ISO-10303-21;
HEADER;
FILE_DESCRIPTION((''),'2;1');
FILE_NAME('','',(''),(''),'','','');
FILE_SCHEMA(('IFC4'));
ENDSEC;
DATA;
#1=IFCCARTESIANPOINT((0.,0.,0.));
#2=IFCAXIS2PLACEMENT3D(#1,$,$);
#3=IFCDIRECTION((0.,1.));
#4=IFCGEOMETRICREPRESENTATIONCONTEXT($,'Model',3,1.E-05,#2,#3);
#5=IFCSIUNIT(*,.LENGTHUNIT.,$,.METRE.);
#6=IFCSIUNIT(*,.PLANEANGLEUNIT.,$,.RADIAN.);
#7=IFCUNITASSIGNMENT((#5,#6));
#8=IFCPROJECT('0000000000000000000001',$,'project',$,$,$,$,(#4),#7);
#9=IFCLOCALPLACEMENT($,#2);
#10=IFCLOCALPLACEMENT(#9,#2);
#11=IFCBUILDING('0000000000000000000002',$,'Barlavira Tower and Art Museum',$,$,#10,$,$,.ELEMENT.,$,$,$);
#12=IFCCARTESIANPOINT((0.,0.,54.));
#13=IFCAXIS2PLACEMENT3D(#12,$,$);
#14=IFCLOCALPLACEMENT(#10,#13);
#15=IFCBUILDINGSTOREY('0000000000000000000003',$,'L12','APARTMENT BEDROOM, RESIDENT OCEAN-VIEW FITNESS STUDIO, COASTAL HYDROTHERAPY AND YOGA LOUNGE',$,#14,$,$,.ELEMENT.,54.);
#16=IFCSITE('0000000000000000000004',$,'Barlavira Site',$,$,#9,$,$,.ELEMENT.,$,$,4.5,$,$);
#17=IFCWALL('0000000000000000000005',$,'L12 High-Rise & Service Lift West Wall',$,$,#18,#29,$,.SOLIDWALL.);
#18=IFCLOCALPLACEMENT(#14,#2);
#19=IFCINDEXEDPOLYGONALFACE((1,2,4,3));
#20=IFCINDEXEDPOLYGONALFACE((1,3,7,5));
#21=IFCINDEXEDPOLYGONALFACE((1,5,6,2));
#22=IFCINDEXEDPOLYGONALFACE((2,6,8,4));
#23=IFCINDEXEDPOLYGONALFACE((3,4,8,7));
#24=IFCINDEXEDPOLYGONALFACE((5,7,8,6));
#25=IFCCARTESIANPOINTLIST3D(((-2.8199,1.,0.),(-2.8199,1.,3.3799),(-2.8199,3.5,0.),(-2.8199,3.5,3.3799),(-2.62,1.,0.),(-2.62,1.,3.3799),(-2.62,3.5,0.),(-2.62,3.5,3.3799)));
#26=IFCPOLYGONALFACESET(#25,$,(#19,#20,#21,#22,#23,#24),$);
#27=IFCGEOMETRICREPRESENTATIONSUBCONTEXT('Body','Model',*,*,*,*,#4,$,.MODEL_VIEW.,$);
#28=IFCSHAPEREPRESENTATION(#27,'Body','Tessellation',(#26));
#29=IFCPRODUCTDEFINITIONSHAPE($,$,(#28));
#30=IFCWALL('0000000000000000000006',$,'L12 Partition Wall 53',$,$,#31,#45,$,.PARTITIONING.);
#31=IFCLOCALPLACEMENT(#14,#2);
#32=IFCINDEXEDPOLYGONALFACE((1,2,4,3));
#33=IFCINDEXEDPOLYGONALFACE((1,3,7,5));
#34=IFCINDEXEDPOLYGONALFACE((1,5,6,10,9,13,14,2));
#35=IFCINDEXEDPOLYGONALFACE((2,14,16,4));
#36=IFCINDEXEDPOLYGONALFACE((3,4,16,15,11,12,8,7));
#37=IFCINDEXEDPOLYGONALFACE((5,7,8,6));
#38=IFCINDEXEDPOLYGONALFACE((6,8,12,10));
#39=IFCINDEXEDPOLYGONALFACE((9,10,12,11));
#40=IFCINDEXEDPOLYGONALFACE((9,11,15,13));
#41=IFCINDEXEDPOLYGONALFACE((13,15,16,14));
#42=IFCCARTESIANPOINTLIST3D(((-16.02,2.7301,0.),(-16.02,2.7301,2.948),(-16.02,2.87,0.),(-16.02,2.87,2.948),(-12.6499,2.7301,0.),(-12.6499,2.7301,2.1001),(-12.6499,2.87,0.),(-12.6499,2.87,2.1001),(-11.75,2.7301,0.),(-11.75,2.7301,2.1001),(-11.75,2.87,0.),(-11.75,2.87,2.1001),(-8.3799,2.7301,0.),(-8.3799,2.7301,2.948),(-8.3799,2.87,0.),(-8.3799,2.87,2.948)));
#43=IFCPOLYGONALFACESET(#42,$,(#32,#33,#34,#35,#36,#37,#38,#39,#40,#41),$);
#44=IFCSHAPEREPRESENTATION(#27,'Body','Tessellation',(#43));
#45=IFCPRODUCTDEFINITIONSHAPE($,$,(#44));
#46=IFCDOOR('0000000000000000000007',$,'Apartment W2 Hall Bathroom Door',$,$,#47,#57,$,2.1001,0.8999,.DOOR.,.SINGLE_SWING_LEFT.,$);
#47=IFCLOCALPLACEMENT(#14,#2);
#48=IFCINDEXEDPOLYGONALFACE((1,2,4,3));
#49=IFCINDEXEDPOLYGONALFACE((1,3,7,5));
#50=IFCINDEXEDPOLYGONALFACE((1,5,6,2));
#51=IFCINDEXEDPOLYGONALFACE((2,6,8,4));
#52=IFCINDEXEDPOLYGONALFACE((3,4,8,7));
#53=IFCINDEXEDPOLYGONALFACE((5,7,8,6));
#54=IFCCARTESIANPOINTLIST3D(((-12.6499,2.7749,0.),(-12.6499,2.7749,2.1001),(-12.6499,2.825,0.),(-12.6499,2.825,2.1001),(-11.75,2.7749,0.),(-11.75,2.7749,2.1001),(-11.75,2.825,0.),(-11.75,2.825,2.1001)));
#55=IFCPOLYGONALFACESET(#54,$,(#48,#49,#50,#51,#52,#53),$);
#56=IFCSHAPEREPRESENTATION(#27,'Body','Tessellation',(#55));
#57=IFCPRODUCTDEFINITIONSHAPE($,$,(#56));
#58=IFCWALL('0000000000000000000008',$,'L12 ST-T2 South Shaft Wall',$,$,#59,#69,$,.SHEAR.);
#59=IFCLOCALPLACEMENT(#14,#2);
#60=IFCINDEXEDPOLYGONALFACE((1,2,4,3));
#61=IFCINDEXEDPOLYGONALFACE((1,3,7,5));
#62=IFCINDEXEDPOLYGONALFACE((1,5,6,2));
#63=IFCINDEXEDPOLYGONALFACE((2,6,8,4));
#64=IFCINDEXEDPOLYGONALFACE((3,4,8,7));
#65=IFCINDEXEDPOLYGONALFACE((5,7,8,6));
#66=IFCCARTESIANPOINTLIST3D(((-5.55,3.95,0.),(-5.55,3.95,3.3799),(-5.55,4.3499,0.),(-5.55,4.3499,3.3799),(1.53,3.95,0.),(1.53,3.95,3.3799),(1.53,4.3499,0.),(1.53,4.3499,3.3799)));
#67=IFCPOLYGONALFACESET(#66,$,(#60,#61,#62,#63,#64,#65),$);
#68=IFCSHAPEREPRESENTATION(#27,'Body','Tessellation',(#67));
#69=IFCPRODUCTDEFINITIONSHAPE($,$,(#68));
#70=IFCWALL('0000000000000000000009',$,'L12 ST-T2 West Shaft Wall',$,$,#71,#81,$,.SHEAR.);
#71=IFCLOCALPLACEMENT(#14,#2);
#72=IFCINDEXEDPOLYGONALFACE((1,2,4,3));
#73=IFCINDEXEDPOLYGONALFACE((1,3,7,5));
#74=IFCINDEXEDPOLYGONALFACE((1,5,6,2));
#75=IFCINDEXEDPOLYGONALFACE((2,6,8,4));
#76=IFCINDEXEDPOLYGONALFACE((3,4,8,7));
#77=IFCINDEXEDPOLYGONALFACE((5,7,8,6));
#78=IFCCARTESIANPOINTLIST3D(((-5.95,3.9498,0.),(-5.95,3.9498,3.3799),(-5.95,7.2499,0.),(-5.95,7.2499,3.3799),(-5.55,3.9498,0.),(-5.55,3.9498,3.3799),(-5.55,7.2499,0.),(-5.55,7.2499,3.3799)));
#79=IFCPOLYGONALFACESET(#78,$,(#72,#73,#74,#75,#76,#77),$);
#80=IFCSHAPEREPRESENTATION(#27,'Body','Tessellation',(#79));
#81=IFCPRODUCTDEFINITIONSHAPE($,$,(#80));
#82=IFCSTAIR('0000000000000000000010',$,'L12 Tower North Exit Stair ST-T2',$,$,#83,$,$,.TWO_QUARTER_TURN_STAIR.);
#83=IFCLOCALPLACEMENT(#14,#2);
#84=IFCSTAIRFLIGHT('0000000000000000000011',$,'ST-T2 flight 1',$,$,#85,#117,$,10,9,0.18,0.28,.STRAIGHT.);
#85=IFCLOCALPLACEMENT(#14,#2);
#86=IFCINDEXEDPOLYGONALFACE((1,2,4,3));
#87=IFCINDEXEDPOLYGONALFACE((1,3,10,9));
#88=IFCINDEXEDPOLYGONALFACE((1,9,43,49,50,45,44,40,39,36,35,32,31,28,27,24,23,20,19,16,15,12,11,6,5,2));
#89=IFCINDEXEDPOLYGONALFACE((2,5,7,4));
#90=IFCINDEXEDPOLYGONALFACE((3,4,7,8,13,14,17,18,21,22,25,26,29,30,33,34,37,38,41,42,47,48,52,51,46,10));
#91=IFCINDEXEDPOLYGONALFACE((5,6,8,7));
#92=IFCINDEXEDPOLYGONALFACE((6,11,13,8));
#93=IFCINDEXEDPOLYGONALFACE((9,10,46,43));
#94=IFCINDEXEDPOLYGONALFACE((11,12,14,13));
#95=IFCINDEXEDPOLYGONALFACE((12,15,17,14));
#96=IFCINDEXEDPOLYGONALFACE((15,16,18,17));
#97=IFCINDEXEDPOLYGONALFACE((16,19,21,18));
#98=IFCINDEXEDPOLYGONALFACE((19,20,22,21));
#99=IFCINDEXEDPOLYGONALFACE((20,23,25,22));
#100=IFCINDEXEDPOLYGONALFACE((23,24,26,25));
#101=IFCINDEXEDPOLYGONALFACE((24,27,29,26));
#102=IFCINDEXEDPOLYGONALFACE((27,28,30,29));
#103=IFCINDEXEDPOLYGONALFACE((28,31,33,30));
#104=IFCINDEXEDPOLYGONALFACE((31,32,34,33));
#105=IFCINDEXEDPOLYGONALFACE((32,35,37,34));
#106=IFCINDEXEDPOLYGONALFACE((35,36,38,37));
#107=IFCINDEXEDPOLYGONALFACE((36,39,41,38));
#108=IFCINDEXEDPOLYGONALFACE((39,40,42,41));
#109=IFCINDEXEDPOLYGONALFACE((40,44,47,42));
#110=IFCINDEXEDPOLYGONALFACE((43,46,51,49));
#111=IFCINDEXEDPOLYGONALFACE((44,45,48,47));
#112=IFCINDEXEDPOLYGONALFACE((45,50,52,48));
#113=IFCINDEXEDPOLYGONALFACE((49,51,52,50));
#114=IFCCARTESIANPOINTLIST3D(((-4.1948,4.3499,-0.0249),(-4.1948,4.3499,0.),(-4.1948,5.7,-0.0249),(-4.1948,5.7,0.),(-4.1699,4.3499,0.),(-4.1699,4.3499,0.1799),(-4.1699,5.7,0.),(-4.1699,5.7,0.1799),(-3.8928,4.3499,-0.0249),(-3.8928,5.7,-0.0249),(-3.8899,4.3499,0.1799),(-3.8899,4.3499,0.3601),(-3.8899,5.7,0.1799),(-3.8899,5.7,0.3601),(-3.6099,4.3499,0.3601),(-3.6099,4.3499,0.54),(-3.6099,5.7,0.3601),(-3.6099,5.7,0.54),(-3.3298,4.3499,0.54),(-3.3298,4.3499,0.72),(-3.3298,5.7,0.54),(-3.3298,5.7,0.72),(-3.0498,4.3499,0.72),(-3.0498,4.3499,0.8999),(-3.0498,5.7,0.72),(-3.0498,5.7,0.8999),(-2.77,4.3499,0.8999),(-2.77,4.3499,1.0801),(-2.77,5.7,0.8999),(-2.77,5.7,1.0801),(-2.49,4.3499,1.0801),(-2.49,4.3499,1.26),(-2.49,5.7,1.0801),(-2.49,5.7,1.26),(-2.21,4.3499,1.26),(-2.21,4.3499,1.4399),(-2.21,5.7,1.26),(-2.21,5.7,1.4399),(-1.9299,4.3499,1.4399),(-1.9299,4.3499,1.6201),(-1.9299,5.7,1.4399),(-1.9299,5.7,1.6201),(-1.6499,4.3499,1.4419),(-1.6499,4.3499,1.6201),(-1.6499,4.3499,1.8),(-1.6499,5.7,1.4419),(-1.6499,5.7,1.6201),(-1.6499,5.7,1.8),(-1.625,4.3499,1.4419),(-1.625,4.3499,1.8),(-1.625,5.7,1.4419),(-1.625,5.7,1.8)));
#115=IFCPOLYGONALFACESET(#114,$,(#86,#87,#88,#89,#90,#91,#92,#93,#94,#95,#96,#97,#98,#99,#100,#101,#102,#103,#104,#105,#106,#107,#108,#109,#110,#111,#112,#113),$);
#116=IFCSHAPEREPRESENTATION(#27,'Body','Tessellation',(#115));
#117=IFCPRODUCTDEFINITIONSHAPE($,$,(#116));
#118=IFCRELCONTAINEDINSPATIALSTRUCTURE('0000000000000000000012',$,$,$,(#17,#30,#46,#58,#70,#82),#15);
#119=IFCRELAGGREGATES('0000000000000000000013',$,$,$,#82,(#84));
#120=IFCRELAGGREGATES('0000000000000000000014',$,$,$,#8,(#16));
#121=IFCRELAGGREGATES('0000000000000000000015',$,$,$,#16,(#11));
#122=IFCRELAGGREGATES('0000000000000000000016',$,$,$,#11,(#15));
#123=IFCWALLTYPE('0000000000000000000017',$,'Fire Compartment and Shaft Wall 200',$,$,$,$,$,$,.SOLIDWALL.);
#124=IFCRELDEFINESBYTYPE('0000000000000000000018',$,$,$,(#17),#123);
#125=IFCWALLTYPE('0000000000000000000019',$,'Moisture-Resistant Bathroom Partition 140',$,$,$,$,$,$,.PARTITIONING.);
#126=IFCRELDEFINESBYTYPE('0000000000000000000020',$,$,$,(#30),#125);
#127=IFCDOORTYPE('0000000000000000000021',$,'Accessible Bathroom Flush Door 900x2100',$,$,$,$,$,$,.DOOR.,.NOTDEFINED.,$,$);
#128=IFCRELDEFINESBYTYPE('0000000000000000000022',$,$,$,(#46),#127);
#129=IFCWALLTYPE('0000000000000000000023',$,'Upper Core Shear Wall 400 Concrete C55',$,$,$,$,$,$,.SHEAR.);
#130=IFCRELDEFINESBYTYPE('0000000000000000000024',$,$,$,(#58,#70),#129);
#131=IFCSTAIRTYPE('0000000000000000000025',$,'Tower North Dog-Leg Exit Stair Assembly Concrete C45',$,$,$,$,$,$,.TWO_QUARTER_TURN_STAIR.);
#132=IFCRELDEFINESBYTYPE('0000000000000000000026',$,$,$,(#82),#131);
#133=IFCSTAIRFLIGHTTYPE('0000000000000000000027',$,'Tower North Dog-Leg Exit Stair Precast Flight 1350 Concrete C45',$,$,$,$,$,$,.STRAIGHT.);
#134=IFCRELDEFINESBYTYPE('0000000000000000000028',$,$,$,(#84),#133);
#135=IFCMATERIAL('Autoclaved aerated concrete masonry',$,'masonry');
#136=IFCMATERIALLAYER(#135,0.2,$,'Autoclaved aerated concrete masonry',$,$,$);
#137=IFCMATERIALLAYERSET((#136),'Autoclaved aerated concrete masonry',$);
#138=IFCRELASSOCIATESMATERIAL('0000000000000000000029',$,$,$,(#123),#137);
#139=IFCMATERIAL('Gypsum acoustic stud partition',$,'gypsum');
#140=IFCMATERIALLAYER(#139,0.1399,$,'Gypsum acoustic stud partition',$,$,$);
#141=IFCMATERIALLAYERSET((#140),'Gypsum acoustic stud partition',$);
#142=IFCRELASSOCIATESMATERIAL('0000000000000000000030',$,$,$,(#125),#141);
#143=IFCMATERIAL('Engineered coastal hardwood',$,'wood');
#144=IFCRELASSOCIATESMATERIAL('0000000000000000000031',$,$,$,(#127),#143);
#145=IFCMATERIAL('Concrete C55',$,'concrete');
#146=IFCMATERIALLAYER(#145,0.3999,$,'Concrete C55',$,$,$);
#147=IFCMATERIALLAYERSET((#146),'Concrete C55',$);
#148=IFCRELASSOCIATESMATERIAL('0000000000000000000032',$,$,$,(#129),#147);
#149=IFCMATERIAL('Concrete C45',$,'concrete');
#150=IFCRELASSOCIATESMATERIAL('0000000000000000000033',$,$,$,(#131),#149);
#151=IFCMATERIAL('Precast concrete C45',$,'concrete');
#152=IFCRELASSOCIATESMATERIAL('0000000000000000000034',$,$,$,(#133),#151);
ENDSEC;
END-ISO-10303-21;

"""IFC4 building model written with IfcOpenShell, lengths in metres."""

from ifc_helpers import new_model, si_unit, direction, frame, frame_2d, origin, place, context, subcontext, project, spatial, polyline, rectangle, outline, extrude, material, layer, layer_set, type_object, element, fill, aggregate, save


model = new_model("IFC4")

# Units and contexts
model_context = context("Model", 3, precision=1e-05, world=origin(), true_north=direction((0.0, 1.0)))
body_context = subcontext(model_context, "Body", "Model", "MODEL_VIEW")
ifc_project = project(units=[si_unit("LENGTHUNIT", "METRE"), si_unit("PLANEANGLEUNIT", "RADIAN")], contexts=[model_context])

# Site, building, storey
site_placement = place(None, origin())
site = spatial("IfcSite", under=ifc_project, at=site_placement, Name="Barlavira Site", CompositionType="ELEMENT", RefElevation=4.5)
building_placement = place(site_placement, origin())
building = spatial("IfcBuilding", under=site, at=building_placement, Name="Barlavira Tower and Art Museum", CompositionType="ELEMENT")
storey_placement = place(building_placement, frame((0.0, 0.0, 54.0)))
storey = spatial("IfcBuildingStorey", under=building, at=storey_placement, Name="L12", Description="APARTMENT BEDROOM, RESIDENT OCEAN-VIEW FITNESS STUDIO, COASTAL HYDROTHERAPY AND YOGA LOUNGE", CompositionType="ELEMENT", Elevation=54.0)

# Shared definitions
ifc_material_1 = material(Name="Gypsum acoustic stud partition", Category="gypsum")
ifc_material_2 = material(Name="Engineered coastal hardwood", Category="wood")

# Shared definitions
ifc_material_3 = material(Name="Autoclaved aerated concrete masonry", Category="masonry")
ifc_layer_1 = layer(ifc_material_3, 0.2, Name="Autoclaved aerated concrete masonry")
ifc_layer_set_1 = layer_set([ifc_layer_1], Name="Autoclaved aerated concrete masonry")
wall_type_1 = type_object("IfcWallType", Name="Fire Compartment and Shaft Wall 200", PredefinedType="SOLIDWALL", material=ifc_layer_set_1)

# Wall
wall_1_placement = place(storey_placement, frame((-2.72, 1.0, 0.0), z_axis=(0.0, 0.0, 1.0), x_axis=(0.0, 1.0, 0.0)))
element("IfcWall", 1, at=wall_1_placement, inside=storey, type_object=wall_type_1, Name="L12 High-Rise & Service Lift West Wall", PredefinedType="SOLIDWALL", context=body_context, shape_type="SweptSolid", body=[
    extrude(rectangle(XDim=2.5, YDim=0.2, at=frame_2d((1.25, 0.0))), origin(), (0.0, 0.0, 1.0), 3.3799),
])

# Wall, opening, door
ifc_layer_2 = layer(ifc_material_1, 0.1399, Name="Gypsum acoustic stud partition")
ifc_layer_set_2 = layer_set([ifc_layer_2], Name="Gypsum acoustic stud partition")
wall_type_2 = type_object("IfcWallType", Name="Moisture-Resistant Bathroom Partition 140", PredefinedType="PARTITIONING", material=ifc_layer_set_2)
wall_2_placement = place(storey_placement, frame((-16.02, 2.8, 0.0), z_axis=(0.0, 0.0, 1.0), x_axis=(1.0, 0.0, 0.0)))
wall_2 = element("IfcWall", 2, at=wall_2_placement, inside=storey, type_object=wall_type_2, Name="L12 Partition Wall 53", PredefinedType="PARTITIONING", context=body_context, shape_type="SweptSolid", body=[
    extrude(rectangle(XDim=7.6401, YDim=0.1399, at=frame_2d((3.8201, 0.0))), origin(), (0.0, 0.0, 1.0), 2.948),
])
opening_1_placement = place(wall_2_placement, frame((3.3701, 0.0, 0.0)))
opening_1 = element("IfcOpeningElement", 3, at=opening_1_placement, cuts=wall_2, PredefinedType="OPENING", context=body_context, shape_type="SweptSolid", body=[
    extrude(rectangle(XDim=0.8999, YDim=2.1001, at=frame_2d((0.45, 1.05))), frame((0.0, 0.0801, 0.0), z_axis=(0.0, -1.0, 0.0), x_axis=(1.0, 0.0, 0.0)), (0.0, 0.0, 1.0), 0.1599),
])
door_type_1 = type_object("IfcDoorType", Name="Accessible Bathroom Flush Door 900x2100", OperationType="NOTDEFINED", PredefinedType="DOOR", material=ifc_material_2)
door_1_placement = place(opening_1_placement, origin())
door_1 = element("IfcDoor", 4, at=door_1_placement, inside=storey, type_object=door_type_1, Name="Apartment W2 Hall Bathroom Door", OperationType="SINGLE_SWING_LEFT", OverallHeight=2.1001, OverallWidth=0.8999, PredefinedType="DOOR", context=body_context, shape_type="SweptSolid", body=[
    extrude(rectangle(XDim=0.8999, YDim=2.1001, at=frame_2d((0.45, 1.05))), frame((0.0, 0.0249, 0.0), z_axis=(0.0, -1.0, 0.0), x_axis=(1.0, 0.0, 0.0)), (0.0, 0.0, 1.0), 0.05),
])
fill(opening_1, door_1)

# Walls
ifc_material_4 = material(Name="Concrete C55", Category="concrete")
ifc_layer_3 = layer(ifc_material_4, 0.3999, Name="Concrete C55")
ifc_layer_set_3 = layer_set([ifc_layer_3], Name="Concrete C55")
wall_type_3 = type_object("IfcWallType", Name="Upper Core Shear Wall 400 Concrete C55", PredefinedType="SHEAR", material=ifc_layer_set_3)
wall_3_placement = place(storey_placement, frame((-5.55, 4.1499, 0.0), z_axis=(0.0, 0.0, 1.0), x_axis=(1.0, 0.0, 0.0)))
element("IfcWall", 5, at=wall_3_placement, inside=storey, type_object=wall_type_3, Name="L12 ST-T2 South Shaft Wall", PredefinedType="SHEAR", context=body_context, shape_type="SweptSolid", body=[
    extrude(rectangle(XDim=7.0801, YDim=0.3999, at=frame_2d((3.54, 0.0))), origin(), (0.0, 0.0, 1.0), 3.3799),
])
wall_4_placement = place(storey_placement, frame((-5.75, 3.95, 0.0), z_axis=(0.0, 0.0, 1.0), x_axis=(0.0, 1.0, 0.0)))
element("IfcWall", 6, at=wall_4_placement, inside=storey, type_object=wall_type_3, Name="L12 ST-T2 West Shaft Wall", PredefinedType="SHEAR", context=body_context, shape_type="SweptSolid", body=[
    extrude(rectangle(XDim=3.3, YDim=0.3999, at=frame_2d((1.6499, 0.0))), origin(), (0.0, 0.0, 1.0), 3.3799),
])

# Stair, stair flight
ifc_material_5 = material(Name="Concrete C45", Category="concrete")
stair_type = type_object("IfcStairType", Name="Tower North Dog-Leg Exit Stair Assembly Concrete C45", PredefinedType="TWO_QUARTER_TURN_STAIR", material=ifc_material_5)
stair_placement = place(storey_placement, origin())
stair = element("IfcStair", 7, at=stair_placement, inside=storey, type_object=stair_type, Name="L12 Tower North Exit Stair ST-T2", PredefinedType="TWO_QUARTER_TURN_STAIR")
ifc_material_6 = material(Name="Precast concrete C45", Category="concrete")
stair_flight_type = type_object("IfcStairFlightType", Name="Tower North Dog-Leg Exit Stair Precast Flight 1350 Concrete C45", PredefinedType="STRAIGHT", material=ifc_material_6)
stair_flight_placement = place(storey_placement, frame((-4.1699, 5.0249, 0.0), z_axis=(0.0, 0.0, 1.0), x_axis=(1.0, 0.0, 0.0)))
stair_flight = element("IfcStairFlight", 8, at=stair_flight_placement, type_object=stair_flight_type, Name="ST-T2 flight 1", NumberOfRisers=10, NumberOfTreads=9, PredefinedType="STRAIGHT", RiserHeight=0.18, TreadLength=0.28, context=body_context, shape_type="SweptSolid", body=[
    extrude(outline(polyline([(-0.0249, 0.0), (0.0, 0.0), (0.0, 0.1799), (0.28, 0.1799), (0.28, 0.3601), (0.5601, 0.3601), (0.5601, 0.54), (0.8401, 0.54), (0.8401, 0.72), (1.1201, 0.72), (1.1201, 0.8999), (1.3999, 0.8999), (1.3999, 1.0801), (1.6799, 1.0801), (1.6799, 1.26), (1.96, 1.26), (1.96, 1.4399), (2.24, 1.4399), (2.24, 1.6201), (2.52, 1.6201), (2.52, 1.8), (2.5449, 1.8), (2.5449, 1.4419), (2.52, 1.4419), (0.2771, -0.0249), (-0.0249, -0.0249), (-0.0249, 0.0)])), frame((0.0, 0.675, 0.0), z_axis=(0.0, -1.0, 0.0), x_axis=(1.0, 0.0, 0.0)), (0.0, 0.0, 1.0), 1.3501),
])
aggregate(stair, [stair_flight])

save(model, "model.ifc")
